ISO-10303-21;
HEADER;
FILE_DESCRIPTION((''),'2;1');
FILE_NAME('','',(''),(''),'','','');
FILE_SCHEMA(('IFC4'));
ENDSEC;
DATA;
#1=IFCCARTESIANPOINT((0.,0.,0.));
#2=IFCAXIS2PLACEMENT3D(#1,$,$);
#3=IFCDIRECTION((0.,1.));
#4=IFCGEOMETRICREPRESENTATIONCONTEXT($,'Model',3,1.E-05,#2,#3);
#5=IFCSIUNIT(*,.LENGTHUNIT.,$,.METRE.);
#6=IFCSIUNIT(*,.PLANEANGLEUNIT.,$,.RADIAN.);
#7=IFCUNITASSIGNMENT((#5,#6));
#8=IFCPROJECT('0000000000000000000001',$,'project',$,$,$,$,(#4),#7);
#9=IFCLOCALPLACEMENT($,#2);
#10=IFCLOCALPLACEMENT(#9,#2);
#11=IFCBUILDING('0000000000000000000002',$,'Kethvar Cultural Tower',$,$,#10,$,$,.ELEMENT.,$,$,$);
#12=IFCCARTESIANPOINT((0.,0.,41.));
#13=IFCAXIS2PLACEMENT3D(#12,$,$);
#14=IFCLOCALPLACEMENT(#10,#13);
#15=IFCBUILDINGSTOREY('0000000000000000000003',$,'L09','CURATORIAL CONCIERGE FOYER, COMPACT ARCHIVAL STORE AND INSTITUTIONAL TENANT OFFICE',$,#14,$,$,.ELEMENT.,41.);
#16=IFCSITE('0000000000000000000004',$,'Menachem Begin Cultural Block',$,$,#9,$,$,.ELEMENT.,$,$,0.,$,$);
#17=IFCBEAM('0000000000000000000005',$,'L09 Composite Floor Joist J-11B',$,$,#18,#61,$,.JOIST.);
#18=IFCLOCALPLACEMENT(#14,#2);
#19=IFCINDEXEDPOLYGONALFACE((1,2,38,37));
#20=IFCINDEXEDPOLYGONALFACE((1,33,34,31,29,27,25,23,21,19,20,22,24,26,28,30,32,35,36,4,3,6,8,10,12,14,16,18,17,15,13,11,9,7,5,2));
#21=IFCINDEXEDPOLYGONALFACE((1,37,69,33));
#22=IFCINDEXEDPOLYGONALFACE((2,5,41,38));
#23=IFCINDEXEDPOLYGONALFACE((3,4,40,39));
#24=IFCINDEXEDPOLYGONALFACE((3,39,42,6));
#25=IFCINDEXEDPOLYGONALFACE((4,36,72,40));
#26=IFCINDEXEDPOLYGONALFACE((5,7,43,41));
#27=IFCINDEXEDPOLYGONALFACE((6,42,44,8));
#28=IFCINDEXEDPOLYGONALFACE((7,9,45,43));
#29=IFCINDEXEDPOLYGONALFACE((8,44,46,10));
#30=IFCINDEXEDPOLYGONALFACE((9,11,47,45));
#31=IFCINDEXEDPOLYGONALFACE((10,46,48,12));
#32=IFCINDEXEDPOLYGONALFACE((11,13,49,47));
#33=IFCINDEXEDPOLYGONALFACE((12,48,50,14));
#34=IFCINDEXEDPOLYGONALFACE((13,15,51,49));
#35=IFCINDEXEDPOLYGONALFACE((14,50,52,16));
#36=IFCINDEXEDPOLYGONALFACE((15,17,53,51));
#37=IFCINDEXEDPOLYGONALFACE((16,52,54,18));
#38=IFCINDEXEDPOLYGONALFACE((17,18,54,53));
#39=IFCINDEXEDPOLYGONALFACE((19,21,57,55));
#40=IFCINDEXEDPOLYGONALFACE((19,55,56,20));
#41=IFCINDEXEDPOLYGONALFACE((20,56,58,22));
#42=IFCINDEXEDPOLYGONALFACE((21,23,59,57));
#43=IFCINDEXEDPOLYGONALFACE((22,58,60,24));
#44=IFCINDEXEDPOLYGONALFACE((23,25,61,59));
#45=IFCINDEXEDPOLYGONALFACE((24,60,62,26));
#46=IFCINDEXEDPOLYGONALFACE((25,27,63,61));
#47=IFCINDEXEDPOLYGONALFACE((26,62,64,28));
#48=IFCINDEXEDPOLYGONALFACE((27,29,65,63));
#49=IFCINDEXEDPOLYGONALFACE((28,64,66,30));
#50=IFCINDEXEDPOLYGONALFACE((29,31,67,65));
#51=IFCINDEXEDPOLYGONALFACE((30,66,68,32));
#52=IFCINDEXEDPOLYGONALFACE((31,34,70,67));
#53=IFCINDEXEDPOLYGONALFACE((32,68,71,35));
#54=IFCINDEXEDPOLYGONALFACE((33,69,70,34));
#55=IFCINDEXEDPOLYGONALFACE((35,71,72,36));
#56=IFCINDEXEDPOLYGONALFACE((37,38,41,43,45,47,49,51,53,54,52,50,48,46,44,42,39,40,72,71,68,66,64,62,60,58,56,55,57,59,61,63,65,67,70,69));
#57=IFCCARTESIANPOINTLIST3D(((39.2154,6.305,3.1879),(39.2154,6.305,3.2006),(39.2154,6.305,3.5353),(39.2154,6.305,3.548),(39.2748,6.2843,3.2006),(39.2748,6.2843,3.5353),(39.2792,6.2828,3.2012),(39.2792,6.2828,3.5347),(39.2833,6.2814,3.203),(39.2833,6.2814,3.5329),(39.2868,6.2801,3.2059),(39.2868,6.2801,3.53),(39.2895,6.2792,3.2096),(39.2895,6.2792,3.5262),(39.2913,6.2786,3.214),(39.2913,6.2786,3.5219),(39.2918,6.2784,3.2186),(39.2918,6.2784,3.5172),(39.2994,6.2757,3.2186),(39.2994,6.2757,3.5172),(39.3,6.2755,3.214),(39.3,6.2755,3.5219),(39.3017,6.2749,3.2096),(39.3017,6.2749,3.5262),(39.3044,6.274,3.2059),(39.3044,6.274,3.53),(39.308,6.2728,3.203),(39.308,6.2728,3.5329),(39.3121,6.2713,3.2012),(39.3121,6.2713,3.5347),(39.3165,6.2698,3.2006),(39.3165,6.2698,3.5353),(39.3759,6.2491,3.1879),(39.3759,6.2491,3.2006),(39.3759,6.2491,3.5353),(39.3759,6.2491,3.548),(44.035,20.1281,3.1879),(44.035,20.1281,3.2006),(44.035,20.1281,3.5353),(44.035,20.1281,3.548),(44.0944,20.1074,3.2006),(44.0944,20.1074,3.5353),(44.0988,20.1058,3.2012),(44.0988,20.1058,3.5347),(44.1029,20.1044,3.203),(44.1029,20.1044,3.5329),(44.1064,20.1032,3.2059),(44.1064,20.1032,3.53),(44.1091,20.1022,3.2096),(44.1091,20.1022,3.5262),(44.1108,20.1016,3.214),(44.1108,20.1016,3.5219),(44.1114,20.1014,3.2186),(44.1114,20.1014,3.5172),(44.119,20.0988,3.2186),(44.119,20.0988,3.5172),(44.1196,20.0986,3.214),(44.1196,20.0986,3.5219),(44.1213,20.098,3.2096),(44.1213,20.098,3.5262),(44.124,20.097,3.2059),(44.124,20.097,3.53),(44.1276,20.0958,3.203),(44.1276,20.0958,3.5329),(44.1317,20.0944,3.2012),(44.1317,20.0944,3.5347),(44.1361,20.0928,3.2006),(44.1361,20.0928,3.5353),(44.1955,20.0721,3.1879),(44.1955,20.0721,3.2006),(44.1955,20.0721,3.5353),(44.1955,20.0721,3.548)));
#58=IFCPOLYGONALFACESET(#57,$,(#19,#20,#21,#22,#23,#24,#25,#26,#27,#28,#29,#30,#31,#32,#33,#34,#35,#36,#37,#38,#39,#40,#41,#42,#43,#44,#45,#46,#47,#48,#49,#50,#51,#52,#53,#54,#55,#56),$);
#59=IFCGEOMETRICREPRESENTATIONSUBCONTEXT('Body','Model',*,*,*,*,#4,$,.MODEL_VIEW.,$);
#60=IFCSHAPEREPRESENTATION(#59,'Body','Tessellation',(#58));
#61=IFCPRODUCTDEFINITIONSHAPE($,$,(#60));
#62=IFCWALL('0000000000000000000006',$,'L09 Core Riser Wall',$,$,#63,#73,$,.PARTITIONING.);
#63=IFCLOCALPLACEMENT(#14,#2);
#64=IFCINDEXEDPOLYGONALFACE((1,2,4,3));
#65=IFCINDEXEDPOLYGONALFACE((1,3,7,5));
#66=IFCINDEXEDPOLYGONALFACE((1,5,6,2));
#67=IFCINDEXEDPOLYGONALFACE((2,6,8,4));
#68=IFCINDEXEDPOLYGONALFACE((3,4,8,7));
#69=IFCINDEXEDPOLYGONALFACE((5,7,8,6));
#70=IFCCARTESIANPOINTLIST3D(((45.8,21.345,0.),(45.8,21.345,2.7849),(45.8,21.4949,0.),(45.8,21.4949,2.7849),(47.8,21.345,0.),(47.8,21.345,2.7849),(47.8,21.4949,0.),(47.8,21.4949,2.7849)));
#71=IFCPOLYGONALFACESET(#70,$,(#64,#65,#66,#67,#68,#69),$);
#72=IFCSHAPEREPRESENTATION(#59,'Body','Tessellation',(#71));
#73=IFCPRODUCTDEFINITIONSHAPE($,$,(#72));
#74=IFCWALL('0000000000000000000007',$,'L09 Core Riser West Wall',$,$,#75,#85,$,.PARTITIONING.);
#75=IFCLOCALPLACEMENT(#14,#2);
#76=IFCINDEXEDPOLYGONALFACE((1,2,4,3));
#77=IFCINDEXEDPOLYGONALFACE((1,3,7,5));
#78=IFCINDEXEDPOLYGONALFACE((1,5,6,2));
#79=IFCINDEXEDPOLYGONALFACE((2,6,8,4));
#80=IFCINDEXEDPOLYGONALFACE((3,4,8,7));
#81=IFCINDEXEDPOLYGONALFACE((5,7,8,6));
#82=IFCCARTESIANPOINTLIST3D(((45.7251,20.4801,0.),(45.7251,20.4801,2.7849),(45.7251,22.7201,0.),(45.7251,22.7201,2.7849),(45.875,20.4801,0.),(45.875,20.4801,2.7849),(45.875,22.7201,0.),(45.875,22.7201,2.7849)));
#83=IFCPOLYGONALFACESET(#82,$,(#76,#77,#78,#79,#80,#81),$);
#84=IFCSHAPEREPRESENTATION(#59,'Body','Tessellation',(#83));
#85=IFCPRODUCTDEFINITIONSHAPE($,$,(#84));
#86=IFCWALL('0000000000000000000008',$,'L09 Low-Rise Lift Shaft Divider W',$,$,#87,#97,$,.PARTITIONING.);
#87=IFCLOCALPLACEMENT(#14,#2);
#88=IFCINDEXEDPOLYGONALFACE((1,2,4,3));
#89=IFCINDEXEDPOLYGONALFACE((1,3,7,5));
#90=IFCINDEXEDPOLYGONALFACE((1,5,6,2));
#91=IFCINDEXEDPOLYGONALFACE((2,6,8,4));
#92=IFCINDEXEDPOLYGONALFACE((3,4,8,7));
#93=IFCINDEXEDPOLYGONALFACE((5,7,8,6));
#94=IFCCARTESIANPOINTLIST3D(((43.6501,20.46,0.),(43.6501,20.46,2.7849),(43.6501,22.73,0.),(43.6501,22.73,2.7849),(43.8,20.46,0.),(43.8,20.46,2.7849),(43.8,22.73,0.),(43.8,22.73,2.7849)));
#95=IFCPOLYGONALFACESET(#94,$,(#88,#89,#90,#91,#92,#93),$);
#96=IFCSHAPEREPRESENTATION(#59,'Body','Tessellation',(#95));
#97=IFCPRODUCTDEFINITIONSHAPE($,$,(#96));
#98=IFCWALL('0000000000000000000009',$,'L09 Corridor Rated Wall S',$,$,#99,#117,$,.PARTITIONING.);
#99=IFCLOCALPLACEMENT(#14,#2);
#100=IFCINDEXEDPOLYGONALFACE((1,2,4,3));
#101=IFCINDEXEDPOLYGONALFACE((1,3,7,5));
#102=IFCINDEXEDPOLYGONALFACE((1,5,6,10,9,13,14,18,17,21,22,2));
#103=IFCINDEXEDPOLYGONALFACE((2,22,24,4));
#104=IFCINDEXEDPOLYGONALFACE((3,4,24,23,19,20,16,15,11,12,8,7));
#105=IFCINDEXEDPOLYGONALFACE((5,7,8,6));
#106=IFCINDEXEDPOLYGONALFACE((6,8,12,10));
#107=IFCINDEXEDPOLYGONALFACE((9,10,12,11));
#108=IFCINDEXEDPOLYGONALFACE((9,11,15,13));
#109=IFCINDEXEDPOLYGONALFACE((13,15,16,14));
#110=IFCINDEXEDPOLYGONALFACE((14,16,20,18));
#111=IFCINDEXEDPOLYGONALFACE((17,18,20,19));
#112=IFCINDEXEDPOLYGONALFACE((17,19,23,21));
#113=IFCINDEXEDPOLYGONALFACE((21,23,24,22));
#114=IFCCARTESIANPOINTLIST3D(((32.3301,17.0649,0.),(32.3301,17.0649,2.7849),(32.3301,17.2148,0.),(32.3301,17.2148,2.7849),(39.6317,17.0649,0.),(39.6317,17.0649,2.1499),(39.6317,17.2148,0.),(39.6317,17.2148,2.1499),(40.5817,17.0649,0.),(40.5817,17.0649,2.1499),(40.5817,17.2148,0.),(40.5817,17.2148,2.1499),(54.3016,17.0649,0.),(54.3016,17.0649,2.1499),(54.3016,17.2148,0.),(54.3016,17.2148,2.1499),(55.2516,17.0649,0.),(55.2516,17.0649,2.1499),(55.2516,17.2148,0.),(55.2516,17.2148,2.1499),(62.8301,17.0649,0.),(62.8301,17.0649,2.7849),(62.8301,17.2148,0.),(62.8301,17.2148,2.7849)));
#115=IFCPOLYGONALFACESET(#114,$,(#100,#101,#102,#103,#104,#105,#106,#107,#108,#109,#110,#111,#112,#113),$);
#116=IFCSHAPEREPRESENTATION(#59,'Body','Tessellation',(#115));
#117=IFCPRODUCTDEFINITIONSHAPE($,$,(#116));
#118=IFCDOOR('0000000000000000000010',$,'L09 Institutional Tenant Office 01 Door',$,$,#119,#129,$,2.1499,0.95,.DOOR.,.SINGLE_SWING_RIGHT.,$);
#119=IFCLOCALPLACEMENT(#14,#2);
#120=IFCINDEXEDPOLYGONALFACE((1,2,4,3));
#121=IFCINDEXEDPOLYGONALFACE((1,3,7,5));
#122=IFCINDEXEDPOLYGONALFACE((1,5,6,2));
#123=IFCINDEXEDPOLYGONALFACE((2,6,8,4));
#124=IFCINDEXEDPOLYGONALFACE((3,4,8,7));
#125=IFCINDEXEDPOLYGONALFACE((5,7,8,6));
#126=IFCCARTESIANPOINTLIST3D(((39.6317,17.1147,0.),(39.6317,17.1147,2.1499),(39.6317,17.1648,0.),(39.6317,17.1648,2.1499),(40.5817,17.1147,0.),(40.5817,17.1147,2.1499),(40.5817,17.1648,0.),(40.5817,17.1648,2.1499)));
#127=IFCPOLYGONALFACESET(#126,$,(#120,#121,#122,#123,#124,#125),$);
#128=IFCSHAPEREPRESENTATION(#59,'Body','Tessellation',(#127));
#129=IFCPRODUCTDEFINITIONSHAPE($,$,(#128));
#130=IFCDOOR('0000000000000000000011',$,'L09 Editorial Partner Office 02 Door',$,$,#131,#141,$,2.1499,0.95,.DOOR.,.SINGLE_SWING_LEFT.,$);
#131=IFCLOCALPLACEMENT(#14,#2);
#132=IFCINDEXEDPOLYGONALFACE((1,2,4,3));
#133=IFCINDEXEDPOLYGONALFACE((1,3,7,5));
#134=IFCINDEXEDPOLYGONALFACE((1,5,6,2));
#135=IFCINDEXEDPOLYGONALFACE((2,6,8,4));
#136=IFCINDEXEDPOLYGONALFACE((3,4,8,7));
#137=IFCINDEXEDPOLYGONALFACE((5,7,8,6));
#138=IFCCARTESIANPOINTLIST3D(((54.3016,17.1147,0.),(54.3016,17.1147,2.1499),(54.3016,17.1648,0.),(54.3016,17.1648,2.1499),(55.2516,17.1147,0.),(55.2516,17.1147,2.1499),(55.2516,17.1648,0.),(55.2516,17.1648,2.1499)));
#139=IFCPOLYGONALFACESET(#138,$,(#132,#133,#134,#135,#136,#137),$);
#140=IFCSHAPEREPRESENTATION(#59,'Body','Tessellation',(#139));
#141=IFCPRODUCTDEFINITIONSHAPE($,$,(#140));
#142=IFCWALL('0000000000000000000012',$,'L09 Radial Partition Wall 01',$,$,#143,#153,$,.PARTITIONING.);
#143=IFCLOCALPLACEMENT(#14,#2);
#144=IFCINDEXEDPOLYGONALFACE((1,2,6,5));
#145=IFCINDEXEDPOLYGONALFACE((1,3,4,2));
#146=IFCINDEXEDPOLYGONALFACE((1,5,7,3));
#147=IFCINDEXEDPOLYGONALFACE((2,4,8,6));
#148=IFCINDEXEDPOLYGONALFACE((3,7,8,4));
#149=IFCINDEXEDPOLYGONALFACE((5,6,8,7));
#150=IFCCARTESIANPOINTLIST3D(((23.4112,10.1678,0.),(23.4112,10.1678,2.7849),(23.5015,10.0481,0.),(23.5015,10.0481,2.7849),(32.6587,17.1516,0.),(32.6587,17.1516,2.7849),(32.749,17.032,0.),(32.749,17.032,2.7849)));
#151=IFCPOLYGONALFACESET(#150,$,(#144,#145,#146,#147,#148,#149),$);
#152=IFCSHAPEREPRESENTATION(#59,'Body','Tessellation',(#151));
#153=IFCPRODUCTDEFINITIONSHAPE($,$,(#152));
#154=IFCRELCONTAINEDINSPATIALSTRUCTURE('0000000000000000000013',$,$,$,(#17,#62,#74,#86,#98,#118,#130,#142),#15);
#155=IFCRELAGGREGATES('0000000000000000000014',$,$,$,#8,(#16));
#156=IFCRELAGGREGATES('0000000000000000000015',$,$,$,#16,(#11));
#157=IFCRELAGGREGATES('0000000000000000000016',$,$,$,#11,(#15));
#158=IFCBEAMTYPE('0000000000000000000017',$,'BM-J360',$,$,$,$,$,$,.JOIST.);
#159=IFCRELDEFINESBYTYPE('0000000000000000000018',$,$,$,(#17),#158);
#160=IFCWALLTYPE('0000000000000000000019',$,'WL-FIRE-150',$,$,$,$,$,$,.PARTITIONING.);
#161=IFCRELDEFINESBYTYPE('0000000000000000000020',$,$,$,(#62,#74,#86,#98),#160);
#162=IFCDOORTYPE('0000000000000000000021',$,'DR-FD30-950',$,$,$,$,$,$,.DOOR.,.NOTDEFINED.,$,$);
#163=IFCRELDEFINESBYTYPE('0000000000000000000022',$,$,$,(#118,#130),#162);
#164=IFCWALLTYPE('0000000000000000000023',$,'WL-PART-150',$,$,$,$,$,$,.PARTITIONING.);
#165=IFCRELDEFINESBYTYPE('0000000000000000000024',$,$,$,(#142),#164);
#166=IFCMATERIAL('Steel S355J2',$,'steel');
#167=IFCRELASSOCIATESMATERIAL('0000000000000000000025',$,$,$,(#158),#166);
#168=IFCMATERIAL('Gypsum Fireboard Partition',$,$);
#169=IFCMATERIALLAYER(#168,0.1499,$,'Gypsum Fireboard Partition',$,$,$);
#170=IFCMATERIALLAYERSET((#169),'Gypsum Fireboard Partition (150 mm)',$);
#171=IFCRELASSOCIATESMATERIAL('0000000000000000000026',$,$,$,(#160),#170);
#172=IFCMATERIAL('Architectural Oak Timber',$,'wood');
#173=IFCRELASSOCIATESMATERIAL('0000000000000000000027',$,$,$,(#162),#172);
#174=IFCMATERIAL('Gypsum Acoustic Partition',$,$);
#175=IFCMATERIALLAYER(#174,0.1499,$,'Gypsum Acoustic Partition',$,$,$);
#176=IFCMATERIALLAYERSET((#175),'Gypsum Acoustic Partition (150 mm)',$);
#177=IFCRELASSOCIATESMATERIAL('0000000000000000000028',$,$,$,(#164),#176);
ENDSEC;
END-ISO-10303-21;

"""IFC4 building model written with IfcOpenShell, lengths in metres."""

from ifc_helpers import new_model, si_unit, direction, frame, frame_2d, origin, origin_2d, place, context, subcontext, project, spatial, rectangle, i_section, extrude, source, transform, mapped, material, layer, layer_set, material_profile, profile_set, type_object, element, fill, save


model = new_model("IFC4")

# Units and contexts
model_context = context("Model", 3, precision=1e-05, world=origin(), true_north=direction((0.0, 1.0)))
body_context = subcontext(model_context, "Body", "Model", "MODEL_VIEW")
ifc_project = project(units=[si_unit("LENGTHUNIT", "METRE"), si_unit("PLANEANGLEUNIT", "RADIAN")], contexts=[model_context])

# Site, building, storey
site_placement = place(None, origin())
site = spatial("IfcSite", under=ifc_project, at=site_placement, Name="Menachem Begin Cultural Block", CompositionType="ELEMENT", RefElevation=0.0)
building_placement = place(site_placement, origin())
building = spatial("IfcBuilding", under=site, at=building_placement, Name="Kethvar Cultural Tower", CompositionType="ELEMENT")
storey_placement = place(building_placement, frame((0.0, 0.0, 41.0)))
storey = spatial("IfcBuildingStorey", under=building, at=storey_placement, Name="L09", Description="CURATORIAL CONCIERGE FOYER, COMPACT ARCHIVAL STORE AND INSTITUTIONAL TENANT OFFICE", CompositionType="ELEMENT", Elevation=41.0)

# Beam
ifc_material_1 = material(Name="Steel S355J2", Category="steel")
ifc_material_profile_1 = material_profile(ifc_material_1, i_section(OverallWidth=0.1699, OverallDepth=0.3601, WebThickness=0.0081, FlangeThickness=0.0127, FilletRadius=0.0181, at=origin_2d()), Name="Steel S355J2 — IPE360")
ifc_profile_set_1 = profile_set([ifc_material_profile_1], Name="Steel S355J2 — IPE360")
beam_type_1 = type_object("IfcBeamType", Name="BM-J360", PredefinedType="JOIST", material=ifc_profile_set_1)
shared_shape_1 = source(origin(), body_context, "Body", "SweptSolid", [
    extrude(i_section(OverallWidth=0.1699, OverallDepth=0.3601, WebThickness=0.0081, FlangeThickness=0.0127, FilletRadius=0.0181, at=origin_2d()), origin(), (0.0, 0.0, 1.0), 14.6392),
])
beam_1_placement = place(storey_placement, frame((44.1152, 20.1001, 3.3679), z_axis=(-0.329226, -0.944251, 0.0), x_axis=(0.944251, -0.329226, 0.0)))
element("IfcBeam", 1, at=beam_1_placement, inside=storey, type_object=beam_type_1, Name="L09 Composite Floor Joist J-11B", PredefinedType="JOIST", context=body_context, shape_type="MappedRepresentation", body=[
    mapped(shared_shape_1, transform((0.0, 0.0, 0.0), scale=1.0)),
])

# Walls
ifc_material_2 = material(Name="Gypsum Fireboard Partition")
ifc_layer_1 = layer(ifc_material_2, 0.1499, Name="Gypsum Fireboard Partition")
ifc_layer_set_1 = layer_set([ifc_layer_1], Name="Gypsum Fireboard Partition (150 mm)")
wall_type_1 = type_object("IfcWallType", Name="WL-FIRE-150", PredefinedType="PARTITIONING", material=ifc_layer_set_1)
wall_1_placement = place(storey_placement, frame((45.8, 21.4199, 0.0), z_axis=(0.0, 0.0, 1.0), x_axis=(1.0, 0.0, 0.0)))
element("IfcWall", 2, at=wall_1_placement, inside=storey, type_object=wall_type_1, Name="L09 Core Riser Wall", PredefinedType="PARTITIONING", context=body_context, shape_type="SweptSolid", body=[
    extrude(rectangle(XDim=2.0, YDim=0.1499, at=frame_2d((1.0, 0.0))), origin(), (0.0, 0.0, 1.0), 2.7849),
])
wall_2_placement = place(storey_placement, frame((45.8, 20.48, 0.0), z_axis=(0.0, 0.0, 1.0), x_axis=(0.0, 1.0, 0.0)))
element("IfcWall", 3, at=wall_2_placement, inside=storey, type_object=wall_type_1, Name="L09 Core Riser West Wall", PredefinedType="PARTITIONING", context=body_context, shape_type="SweptSolid", body=[
    extrude(rectangle(XDim=2.24, YDim=0.1499, at=frame_2d((1.1201, 0.0))), origin(), (0.0, 0.0, 1.0), 2.7849),
])
wall_3_placement = place(storey_placement, frame((43.7251, 20.46, 0.0), z_axis=(0.0, 0.0, 1.0), x_axis=(0.0, 1.0, 0.0)))
element("IfcWall", 4, at=wall_3_placement, inside=storey, type_object=wall_type_1, Name="L09 Low-Rise Lift Shaft Divider W", PredefinedType="PARTITIONING", context=body_context, shape_type="SweptSolid", body=[
    extrude(rectangle(XDim=2.27, YDim=0.1499, at=frame_2d((1.135, 0.0))), origin(), (0.0, 0.0, 1.0), 2.7849),
])

# Wall, openings, doors
wall_4_placement = place(storey_placement, frame((32.3301, 17.1399, 0.0), z_axis=(0.0, 0.0, 1.0), x_axis=(1.0, 0.0, 0.0)))
wall_4 = element("IfcWall", 5, at=wall_4_placement, inside=storey, type_object=wall_type_1, Name="L09 Corridor Rated Wall S", PredefinedType="PARTITIONING", context=body_context, shape_type="SweptSolid", body=[
    extrude(rectangle(XDim=30.5, YDim=0.1499, at=frame_2d((15.25, 0.0))), origin(), (0.0, 0.0, 1.0), 2.7849),
])
opening_1_placement = place(wall_4_placement, frame((7.3015, 0.0, 0.0)))
opening_1 = element("IfcOpeningElement", 6, at=opening_1_placement, cuts=wall_4, PredefinedType="OPENING", context=body_context, shape_type="SweptSolid", body=[
    extrude(rectangle(XDim=0.95, YDim=2.1499, at=frame_2d((0.4751, 1.075))), frame((0.0, 0.085, 0.0), z_axis=(0.0, -1.0, 0.0), x_axis=(1.0, 0.0, 0.0)), (0.0, 0.0, 1.0), 0.1699),
])
opening_2_placement = place(wall_4_placement, frame((21.9714, 0.0, 0.0)))
opening_2 = element("IfcOpeningElement", 7, at=opening_2_placement, cuts=wall_4, PredefinedType="OPENING", context=body_context, shape_type="SweptSolid", body=[
    extrude(rectangle(XDim=0.95, YDim=2.1499, at=frame_2d((0.4751, 1.075))), frame((0.0, 0.085, 0.0), z_axis=(0.0, -1.0, 0.0), x_axis=(1.0, 0.0, 0.0)), (0.0, 0.0, 1.0), 0.1699),
])
ifc_material_3 = material(Name="Architectural Oak Timber", Category="wood")
door_type_1 = type_object("IfcDoorType", Name="DR-FD30-950", OperationType="NOTDEFINED", PredefinedType="DOOR", material=ifc_material_3)
shared_shape_2 = source(origin(), body_context, "Body", "SweptSolid", [
    extrude(rectangle(XDim=0.95, YDim=2.1499, at=frame_2d((0.4751, 1.075))), frame((0.0, 0.0249, 0.0), z_axis=(0.0, -1.0, 0.0), x_axis=(1.0, 0.0, 0.0)), (0.0, 0.0, 1.0), 0.05),
])
door_1_placement = place(opening_1_placement, origin())
door_1 = element("IfcDoor", 8, at=door_1_placement, inside=storey, type_object=door_type_1, Name="L09 Institutional Tenant Office 01 Door", OperationType="SINGLE_SWING_RIGHT", OverallHeight=2.1499, OverallWidth=0.95, PredefinedType="DOOR", context=body_context, shape_type="MappedRepresentation", body=[
    mapped(shared_shape_2, transform((0.0, 0.0, 0.0), scale=1.0)),
])
fill(opening_1, door_1)
door_2_placement = place(opening_2_placement, origin())
door_2 = element("IfcDoor", 9, at=door_2_placement, inside=storey, type_object=door_type_1, Name="L09 Editorial Partner Office 02 Door", OperationType="SINGLE_SWING_LEFT", OverallHeight=2.1499, OverallWidth=0.95, PredefinedType="DOOR", context=body_context, shape_type="MappedRepresentation", body=[
    mapped(shared_shape_2, transform((0.0, 0.0, 0.0), scale=1.0)),
])
fill(opening_2, door_2)

# Wall
ifc_material_4 = material(Name="Gypsum Acoustic Partition")
ifc_layer_2 = layer(ifc_material_4, 0.1499, Name="Gypsum Acoustic Partition")
ifc_layer_set_2 = layer_set([ifc_layer_2], Name="Gypsum Acoustic Partition (150 mm)")
wall_type_2 = type_object("IfcWallType", Name="WL-PART-150", PredefinedType="PARTITIONING", material=ifc_layer_set_2)
wall_5_placement = place(storey_placement, frame((32.7039, 17.0918, 0.0), z_axis=(0.0, 0.0, 1.0), x_axis=(-0.797998, -0.60266, 0.0)))
element("IfcWall", 10, at=wall_5_placement, inside=storey, type_object=wall_type_2, Name="L09 Radial Partition Wall 01", PredefinedType="PARTITIONING", context=body_context, shape_type="SweptSolid", body=[
    extrude(rectangle(XDim=11.5884, YDim=0.1499, at=frame_2d((5.7942, 0.0))), origin(), (0.0, 0.0, 1.0), 2.7849),
])

save(model, "model.ifc")
